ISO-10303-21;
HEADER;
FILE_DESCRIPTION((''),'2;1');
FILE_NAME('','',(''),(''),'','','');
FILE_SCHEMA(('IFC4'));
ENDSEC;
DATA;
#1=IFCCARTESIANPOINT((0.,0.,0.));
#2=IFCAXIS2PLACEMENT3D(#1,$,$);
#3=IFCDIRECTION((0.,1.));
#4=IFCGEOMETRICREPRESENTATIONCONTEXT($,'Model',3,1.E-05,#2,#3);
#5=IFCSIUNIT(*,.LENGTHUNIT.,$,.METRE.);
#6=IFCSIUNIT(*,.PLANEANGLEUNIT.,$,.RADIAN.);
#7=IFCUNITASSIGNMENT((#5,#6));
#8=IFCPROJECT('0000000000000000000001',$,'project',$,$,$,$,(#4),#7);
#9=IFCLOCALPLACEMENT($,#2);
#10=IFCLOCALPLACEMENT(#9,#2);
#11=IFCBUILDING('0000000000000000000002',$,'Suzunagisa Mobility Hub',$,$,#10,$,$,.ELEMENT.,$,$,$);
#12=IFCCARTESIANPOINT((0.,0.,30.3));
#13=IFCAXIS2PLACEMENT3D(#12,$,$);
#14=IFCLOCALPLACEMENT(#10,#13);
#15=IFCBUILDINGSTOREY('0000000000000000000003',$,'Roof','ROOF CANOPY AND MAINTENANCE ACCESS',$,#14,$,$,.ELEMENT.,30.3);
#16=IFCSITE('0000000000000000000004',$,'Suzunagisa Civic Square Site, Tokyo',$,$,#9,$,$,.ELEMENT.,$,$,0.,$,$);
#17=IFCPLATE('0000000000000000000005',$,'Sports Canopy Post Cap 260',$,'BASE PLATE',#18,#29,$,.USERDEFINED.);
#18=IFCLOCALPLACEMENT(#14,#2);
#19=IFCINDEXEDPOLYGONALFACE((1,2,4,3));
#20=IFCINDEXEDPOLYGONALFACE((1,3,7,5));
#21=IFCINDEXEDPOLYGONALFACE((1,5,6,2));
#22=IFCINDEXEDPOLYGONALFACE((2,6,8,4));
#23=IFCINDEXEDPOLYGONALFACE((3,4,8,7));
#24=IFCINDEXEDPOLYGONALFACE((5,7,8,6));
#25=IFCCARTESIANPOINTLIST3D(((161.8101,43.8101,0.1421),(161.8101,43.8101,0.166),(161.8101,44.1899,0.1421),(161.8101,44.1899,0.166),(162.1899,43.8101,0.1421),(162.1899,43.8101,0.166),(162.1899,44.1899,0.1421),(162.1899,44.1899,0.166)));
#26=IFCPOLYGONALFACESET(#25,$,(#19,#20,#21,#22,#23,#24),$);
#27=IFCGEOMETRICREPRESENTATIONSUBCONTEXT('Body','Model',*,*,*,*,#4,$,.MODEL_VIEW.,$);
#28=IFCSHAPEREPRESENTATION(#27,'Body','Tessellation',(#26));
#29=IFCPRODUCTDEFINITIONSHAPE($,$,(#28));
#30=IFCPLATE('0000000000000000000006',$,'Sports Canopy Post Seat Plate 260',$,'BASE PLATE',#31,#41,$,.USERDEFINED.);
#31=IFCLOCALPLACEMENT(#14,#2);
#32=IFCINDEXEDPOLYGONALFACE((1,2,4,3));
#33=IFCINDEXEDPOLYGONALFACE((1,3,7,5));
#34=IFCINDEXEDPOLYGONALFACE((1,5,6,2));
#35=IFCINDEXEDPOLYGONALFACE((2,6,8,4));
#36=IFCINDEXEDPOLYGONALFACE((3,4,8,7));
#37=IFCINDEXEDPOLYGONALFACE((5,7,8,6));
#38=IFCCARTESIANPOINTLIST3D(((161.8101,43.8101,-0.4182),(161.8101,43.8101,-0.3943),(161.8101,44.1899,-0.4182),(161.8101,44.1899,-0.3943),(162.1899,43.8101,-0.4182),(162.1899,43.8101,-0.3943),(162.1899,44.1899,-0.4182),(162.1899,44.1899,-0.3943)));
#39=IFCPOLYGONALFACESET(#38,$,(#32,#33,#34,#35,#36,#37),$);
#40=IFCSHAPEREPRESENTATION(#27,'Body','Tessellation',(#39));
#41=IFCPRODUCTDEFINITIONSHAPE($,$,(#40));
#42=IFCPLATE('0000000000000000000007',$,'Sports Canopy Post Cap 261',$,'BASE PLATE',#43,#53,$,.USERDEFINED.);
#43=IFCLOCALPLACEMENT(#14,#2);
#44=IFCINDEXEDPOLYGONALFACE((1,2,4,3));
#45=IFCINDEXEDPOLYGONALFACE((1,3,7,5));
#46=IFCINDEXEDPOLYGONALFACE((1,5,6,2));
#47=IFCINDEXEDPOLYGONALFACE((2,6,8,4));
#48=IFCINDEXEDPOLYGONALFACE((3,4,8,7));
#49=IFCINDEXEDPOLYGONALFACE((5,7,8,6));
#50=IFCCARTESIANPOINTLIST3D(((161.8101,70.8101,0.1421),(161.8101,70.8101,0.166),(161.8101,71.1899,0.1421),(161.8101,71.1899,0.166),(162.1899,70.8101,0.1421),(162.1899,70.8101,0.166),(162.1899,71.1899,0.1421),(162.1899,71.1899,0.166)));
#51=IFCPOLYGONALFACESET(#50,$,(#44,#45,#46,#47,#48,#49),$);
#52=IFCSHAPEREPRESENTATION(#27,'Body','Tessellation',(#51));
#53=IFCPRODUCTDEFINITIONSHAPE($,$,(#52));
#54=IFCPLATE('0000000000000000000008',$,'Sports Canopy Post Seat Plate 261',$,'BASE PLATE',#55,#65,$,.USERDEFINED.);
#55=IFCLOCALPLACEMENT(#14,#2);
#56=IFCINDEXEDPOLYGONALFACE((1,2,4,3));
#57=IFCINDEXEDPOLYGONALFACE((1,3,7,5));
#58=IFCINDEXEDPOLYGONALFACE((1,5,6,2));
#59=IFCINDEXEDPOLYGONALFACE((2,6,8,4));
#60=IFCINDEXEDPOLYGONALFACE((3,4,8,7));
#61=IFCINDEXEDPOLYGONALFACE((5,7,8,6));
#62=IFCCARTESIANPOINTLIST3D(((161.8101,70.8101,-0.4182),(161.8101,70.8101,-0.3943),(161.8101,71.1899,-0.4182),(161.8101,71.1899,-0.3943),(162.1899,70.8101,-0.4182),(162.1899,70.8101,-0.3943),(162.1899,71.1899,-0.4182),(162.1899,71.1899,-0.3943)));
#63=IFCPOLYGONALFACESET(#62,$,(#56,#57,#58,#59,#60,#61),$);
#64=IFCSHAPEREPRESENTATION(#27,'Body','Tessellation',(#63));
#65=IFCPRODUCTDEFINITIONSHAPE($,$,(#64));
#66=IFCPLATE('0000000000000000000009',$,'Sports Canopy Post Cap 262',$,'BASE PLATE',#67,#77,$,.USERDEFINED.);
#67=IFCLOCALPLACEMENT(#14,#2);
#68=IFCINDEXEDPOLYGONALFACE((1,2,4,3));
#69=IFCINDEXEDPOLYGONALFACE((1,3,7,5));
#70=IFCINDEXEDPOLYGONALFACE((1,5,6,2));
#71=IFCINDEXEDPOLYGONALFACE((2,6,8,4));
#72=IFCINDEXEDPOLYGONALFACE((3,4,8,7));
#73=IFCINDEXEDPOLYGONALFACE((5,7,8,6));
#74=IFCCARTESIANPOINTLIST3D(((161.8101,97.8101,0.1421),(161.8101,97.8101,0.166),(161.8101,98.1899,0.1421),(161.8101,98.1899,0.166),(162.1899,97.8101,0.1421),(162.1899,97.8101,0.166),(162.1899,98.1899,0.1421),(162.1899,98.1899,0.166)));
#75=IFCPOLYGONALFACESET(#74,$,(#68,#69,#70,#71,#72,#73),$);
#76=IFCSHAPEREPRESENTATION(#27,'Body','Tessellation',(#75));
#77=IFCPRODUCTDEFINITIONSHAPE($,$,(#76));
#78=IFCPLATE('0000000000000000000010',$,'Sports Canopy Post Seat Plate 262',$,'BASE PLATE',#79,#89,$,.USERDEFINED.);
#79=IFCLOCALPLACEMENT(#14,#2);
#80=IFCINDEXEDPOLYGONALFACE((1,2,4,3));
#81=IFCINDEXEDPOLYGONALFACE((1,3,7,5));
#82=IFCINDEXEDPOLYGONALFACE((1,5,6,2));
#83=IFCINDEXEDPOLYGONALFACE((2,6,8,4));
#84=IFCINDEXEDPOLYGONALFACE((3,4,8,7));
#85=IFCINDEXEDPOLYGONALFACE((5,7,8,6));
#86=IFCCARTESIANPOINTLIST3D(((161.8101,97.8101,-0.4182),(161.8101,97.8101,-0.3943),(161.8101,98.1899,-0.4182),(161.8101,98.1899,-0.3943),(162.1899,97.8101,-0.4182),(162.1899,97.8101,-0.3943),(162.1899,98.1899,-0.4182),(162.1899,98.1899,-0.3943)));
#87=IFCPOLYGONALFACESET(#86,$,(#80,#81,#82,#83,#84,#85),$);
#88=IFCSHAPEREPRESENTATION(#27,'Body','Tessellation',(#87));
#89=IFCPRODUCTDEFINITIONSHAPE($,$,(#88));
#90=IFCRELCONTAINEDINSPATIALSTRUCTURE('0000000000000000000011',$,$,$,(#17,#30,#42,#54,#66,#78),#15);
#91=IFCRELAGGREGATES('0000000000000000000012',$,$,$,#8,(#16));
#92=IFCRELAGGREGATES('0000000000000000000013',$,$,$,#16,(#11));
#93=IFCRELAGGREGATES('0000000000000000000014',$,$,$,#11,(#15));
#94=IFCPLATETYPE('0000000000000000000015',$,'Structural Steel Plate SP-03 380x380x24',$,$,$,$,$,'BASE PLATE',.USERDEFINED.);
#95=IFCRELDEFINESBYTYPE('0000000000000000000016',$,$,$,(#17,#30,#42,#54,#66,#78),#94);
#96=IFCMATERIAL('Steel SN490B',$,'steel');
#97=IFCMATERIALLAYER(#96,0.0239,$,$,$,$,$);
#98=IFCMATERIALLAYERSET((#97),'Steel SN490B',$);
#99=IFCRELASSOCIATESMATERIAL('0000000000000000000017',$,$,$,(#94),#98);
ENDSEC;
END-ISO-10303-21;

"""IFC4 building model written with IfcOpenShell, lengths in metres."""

from ifc_helpers import new_model, si_unit, direction, frame, origin, origin_2d, place, context, subcontext, project, spatial, rectangle, extrude, material, layer, layer_set, type_object, element, save


model = new_model("IFC4")

# Units and contexts
model_context = context("Model", 3, precision=1e-05, world=origin(), true_north=direction((0.0, 1.0)))
body_context = subcontext(model_context, "Body", "Model", "MODEL_VIEW")
ifc_project = project(units=[si_unit("LENGTHUNIT", "METRE"), si_unit("PLANEANGLEUNIT", "RADIAN")], contexts=[model_context])

# Site, building, storey
site_placement = place(None, origin())
site = spatial("IfcSite", under=ifc_project, at=site_placement, Name="Suzunagisa Civic Square Site, Tokyo", CompositionType="ELEMENT", RefElevation=0.0)
building_placement = place(site_placement, origin())
building = spatial("IfcBuilding", under=site, at=building_placement, Name="Suzunagisa Mobility Hub", CompositionType="ELEMENT")
storey_placement = place(building_placement, frame((0.0, 0.0, 30.3)))
storey = spatial("IfcBuildingStorey", under=building, at=storey_placement, Name="Roof", Description="ROOF CANOPY AND MAINTENANCE ACCESS", CompositionType="ELEMENT", Elevation=30.3)

# Plates
ifc_material_1 = material(Name="Steel SN490B", Category="steel")
ifc_layer_1 = layer(ifc_material_1, 0.0239)
ifc_layer_set_1 = layer_set([ifc_layer_1], Name="Steel SN490B")
plate_type = type_object("IfcPlateType", Name="Structural Steel Plate SP-03 380x380x24", ElementType="BASE PLATE", PredefinedType="USERDEFINED", material=ifc_layer_set_1)
for number, where, z_axis, x_axis, name in (
    (1, (162.0, 44.0, 0.1421), (0.0, 0.0, 1.0), (1.0, 0.0, 0.0), "Sports Canopy Post Cap 260"),
    (2, (162.0, 44.0, -0.4182), (0.0, 0.0, 1.0), (1.0, 0.0, 0.0), "Sports Canopy Post Seat Plate 260"),
    (3, (162.0, 71.0, 0.1421), (0.0, 0.0, 1.0), (1.0, 0.0, 0.0), "Sports Canopy Post Cap 261"),
    (4, (162.0, 71.0, -0.4182), (0.0, 0.0, 1.0), (1.0, 0.0, 0.0), "Sports Canopy Post Seat Plate 261"),
    (5, (162.0, 98.0, 0.1421), (0.0, 0.0, 1.0), (1.0, 0.0, 0.0), "Sports Canopy Post Cap 262"),
    (6, (162.0, 98.0, -0.4182), (0.0, 0.0, 1.0), (1.0, 0.0, 0.0), "Sports Canopy Post Seat Plate 262"),
):
    element("IfcPlate", number, at=place(storey_placement, frame(where, z_axis=z_axis, x_axis=x_axis)), inside=storey, type_object=plate_type, Name=name, ObjectType="BASE PLATE", PredefinedType="USERDEFINED", context=body_context, shape_type="SweptSolid", body=[
        extrude(rectangle(XDim=0.3799, YDim=0.3799, at=origin_2d()), origin(), (0.0, 0.0, 1.0), 0.0239),
    ])

save(model, "model.ifc")
